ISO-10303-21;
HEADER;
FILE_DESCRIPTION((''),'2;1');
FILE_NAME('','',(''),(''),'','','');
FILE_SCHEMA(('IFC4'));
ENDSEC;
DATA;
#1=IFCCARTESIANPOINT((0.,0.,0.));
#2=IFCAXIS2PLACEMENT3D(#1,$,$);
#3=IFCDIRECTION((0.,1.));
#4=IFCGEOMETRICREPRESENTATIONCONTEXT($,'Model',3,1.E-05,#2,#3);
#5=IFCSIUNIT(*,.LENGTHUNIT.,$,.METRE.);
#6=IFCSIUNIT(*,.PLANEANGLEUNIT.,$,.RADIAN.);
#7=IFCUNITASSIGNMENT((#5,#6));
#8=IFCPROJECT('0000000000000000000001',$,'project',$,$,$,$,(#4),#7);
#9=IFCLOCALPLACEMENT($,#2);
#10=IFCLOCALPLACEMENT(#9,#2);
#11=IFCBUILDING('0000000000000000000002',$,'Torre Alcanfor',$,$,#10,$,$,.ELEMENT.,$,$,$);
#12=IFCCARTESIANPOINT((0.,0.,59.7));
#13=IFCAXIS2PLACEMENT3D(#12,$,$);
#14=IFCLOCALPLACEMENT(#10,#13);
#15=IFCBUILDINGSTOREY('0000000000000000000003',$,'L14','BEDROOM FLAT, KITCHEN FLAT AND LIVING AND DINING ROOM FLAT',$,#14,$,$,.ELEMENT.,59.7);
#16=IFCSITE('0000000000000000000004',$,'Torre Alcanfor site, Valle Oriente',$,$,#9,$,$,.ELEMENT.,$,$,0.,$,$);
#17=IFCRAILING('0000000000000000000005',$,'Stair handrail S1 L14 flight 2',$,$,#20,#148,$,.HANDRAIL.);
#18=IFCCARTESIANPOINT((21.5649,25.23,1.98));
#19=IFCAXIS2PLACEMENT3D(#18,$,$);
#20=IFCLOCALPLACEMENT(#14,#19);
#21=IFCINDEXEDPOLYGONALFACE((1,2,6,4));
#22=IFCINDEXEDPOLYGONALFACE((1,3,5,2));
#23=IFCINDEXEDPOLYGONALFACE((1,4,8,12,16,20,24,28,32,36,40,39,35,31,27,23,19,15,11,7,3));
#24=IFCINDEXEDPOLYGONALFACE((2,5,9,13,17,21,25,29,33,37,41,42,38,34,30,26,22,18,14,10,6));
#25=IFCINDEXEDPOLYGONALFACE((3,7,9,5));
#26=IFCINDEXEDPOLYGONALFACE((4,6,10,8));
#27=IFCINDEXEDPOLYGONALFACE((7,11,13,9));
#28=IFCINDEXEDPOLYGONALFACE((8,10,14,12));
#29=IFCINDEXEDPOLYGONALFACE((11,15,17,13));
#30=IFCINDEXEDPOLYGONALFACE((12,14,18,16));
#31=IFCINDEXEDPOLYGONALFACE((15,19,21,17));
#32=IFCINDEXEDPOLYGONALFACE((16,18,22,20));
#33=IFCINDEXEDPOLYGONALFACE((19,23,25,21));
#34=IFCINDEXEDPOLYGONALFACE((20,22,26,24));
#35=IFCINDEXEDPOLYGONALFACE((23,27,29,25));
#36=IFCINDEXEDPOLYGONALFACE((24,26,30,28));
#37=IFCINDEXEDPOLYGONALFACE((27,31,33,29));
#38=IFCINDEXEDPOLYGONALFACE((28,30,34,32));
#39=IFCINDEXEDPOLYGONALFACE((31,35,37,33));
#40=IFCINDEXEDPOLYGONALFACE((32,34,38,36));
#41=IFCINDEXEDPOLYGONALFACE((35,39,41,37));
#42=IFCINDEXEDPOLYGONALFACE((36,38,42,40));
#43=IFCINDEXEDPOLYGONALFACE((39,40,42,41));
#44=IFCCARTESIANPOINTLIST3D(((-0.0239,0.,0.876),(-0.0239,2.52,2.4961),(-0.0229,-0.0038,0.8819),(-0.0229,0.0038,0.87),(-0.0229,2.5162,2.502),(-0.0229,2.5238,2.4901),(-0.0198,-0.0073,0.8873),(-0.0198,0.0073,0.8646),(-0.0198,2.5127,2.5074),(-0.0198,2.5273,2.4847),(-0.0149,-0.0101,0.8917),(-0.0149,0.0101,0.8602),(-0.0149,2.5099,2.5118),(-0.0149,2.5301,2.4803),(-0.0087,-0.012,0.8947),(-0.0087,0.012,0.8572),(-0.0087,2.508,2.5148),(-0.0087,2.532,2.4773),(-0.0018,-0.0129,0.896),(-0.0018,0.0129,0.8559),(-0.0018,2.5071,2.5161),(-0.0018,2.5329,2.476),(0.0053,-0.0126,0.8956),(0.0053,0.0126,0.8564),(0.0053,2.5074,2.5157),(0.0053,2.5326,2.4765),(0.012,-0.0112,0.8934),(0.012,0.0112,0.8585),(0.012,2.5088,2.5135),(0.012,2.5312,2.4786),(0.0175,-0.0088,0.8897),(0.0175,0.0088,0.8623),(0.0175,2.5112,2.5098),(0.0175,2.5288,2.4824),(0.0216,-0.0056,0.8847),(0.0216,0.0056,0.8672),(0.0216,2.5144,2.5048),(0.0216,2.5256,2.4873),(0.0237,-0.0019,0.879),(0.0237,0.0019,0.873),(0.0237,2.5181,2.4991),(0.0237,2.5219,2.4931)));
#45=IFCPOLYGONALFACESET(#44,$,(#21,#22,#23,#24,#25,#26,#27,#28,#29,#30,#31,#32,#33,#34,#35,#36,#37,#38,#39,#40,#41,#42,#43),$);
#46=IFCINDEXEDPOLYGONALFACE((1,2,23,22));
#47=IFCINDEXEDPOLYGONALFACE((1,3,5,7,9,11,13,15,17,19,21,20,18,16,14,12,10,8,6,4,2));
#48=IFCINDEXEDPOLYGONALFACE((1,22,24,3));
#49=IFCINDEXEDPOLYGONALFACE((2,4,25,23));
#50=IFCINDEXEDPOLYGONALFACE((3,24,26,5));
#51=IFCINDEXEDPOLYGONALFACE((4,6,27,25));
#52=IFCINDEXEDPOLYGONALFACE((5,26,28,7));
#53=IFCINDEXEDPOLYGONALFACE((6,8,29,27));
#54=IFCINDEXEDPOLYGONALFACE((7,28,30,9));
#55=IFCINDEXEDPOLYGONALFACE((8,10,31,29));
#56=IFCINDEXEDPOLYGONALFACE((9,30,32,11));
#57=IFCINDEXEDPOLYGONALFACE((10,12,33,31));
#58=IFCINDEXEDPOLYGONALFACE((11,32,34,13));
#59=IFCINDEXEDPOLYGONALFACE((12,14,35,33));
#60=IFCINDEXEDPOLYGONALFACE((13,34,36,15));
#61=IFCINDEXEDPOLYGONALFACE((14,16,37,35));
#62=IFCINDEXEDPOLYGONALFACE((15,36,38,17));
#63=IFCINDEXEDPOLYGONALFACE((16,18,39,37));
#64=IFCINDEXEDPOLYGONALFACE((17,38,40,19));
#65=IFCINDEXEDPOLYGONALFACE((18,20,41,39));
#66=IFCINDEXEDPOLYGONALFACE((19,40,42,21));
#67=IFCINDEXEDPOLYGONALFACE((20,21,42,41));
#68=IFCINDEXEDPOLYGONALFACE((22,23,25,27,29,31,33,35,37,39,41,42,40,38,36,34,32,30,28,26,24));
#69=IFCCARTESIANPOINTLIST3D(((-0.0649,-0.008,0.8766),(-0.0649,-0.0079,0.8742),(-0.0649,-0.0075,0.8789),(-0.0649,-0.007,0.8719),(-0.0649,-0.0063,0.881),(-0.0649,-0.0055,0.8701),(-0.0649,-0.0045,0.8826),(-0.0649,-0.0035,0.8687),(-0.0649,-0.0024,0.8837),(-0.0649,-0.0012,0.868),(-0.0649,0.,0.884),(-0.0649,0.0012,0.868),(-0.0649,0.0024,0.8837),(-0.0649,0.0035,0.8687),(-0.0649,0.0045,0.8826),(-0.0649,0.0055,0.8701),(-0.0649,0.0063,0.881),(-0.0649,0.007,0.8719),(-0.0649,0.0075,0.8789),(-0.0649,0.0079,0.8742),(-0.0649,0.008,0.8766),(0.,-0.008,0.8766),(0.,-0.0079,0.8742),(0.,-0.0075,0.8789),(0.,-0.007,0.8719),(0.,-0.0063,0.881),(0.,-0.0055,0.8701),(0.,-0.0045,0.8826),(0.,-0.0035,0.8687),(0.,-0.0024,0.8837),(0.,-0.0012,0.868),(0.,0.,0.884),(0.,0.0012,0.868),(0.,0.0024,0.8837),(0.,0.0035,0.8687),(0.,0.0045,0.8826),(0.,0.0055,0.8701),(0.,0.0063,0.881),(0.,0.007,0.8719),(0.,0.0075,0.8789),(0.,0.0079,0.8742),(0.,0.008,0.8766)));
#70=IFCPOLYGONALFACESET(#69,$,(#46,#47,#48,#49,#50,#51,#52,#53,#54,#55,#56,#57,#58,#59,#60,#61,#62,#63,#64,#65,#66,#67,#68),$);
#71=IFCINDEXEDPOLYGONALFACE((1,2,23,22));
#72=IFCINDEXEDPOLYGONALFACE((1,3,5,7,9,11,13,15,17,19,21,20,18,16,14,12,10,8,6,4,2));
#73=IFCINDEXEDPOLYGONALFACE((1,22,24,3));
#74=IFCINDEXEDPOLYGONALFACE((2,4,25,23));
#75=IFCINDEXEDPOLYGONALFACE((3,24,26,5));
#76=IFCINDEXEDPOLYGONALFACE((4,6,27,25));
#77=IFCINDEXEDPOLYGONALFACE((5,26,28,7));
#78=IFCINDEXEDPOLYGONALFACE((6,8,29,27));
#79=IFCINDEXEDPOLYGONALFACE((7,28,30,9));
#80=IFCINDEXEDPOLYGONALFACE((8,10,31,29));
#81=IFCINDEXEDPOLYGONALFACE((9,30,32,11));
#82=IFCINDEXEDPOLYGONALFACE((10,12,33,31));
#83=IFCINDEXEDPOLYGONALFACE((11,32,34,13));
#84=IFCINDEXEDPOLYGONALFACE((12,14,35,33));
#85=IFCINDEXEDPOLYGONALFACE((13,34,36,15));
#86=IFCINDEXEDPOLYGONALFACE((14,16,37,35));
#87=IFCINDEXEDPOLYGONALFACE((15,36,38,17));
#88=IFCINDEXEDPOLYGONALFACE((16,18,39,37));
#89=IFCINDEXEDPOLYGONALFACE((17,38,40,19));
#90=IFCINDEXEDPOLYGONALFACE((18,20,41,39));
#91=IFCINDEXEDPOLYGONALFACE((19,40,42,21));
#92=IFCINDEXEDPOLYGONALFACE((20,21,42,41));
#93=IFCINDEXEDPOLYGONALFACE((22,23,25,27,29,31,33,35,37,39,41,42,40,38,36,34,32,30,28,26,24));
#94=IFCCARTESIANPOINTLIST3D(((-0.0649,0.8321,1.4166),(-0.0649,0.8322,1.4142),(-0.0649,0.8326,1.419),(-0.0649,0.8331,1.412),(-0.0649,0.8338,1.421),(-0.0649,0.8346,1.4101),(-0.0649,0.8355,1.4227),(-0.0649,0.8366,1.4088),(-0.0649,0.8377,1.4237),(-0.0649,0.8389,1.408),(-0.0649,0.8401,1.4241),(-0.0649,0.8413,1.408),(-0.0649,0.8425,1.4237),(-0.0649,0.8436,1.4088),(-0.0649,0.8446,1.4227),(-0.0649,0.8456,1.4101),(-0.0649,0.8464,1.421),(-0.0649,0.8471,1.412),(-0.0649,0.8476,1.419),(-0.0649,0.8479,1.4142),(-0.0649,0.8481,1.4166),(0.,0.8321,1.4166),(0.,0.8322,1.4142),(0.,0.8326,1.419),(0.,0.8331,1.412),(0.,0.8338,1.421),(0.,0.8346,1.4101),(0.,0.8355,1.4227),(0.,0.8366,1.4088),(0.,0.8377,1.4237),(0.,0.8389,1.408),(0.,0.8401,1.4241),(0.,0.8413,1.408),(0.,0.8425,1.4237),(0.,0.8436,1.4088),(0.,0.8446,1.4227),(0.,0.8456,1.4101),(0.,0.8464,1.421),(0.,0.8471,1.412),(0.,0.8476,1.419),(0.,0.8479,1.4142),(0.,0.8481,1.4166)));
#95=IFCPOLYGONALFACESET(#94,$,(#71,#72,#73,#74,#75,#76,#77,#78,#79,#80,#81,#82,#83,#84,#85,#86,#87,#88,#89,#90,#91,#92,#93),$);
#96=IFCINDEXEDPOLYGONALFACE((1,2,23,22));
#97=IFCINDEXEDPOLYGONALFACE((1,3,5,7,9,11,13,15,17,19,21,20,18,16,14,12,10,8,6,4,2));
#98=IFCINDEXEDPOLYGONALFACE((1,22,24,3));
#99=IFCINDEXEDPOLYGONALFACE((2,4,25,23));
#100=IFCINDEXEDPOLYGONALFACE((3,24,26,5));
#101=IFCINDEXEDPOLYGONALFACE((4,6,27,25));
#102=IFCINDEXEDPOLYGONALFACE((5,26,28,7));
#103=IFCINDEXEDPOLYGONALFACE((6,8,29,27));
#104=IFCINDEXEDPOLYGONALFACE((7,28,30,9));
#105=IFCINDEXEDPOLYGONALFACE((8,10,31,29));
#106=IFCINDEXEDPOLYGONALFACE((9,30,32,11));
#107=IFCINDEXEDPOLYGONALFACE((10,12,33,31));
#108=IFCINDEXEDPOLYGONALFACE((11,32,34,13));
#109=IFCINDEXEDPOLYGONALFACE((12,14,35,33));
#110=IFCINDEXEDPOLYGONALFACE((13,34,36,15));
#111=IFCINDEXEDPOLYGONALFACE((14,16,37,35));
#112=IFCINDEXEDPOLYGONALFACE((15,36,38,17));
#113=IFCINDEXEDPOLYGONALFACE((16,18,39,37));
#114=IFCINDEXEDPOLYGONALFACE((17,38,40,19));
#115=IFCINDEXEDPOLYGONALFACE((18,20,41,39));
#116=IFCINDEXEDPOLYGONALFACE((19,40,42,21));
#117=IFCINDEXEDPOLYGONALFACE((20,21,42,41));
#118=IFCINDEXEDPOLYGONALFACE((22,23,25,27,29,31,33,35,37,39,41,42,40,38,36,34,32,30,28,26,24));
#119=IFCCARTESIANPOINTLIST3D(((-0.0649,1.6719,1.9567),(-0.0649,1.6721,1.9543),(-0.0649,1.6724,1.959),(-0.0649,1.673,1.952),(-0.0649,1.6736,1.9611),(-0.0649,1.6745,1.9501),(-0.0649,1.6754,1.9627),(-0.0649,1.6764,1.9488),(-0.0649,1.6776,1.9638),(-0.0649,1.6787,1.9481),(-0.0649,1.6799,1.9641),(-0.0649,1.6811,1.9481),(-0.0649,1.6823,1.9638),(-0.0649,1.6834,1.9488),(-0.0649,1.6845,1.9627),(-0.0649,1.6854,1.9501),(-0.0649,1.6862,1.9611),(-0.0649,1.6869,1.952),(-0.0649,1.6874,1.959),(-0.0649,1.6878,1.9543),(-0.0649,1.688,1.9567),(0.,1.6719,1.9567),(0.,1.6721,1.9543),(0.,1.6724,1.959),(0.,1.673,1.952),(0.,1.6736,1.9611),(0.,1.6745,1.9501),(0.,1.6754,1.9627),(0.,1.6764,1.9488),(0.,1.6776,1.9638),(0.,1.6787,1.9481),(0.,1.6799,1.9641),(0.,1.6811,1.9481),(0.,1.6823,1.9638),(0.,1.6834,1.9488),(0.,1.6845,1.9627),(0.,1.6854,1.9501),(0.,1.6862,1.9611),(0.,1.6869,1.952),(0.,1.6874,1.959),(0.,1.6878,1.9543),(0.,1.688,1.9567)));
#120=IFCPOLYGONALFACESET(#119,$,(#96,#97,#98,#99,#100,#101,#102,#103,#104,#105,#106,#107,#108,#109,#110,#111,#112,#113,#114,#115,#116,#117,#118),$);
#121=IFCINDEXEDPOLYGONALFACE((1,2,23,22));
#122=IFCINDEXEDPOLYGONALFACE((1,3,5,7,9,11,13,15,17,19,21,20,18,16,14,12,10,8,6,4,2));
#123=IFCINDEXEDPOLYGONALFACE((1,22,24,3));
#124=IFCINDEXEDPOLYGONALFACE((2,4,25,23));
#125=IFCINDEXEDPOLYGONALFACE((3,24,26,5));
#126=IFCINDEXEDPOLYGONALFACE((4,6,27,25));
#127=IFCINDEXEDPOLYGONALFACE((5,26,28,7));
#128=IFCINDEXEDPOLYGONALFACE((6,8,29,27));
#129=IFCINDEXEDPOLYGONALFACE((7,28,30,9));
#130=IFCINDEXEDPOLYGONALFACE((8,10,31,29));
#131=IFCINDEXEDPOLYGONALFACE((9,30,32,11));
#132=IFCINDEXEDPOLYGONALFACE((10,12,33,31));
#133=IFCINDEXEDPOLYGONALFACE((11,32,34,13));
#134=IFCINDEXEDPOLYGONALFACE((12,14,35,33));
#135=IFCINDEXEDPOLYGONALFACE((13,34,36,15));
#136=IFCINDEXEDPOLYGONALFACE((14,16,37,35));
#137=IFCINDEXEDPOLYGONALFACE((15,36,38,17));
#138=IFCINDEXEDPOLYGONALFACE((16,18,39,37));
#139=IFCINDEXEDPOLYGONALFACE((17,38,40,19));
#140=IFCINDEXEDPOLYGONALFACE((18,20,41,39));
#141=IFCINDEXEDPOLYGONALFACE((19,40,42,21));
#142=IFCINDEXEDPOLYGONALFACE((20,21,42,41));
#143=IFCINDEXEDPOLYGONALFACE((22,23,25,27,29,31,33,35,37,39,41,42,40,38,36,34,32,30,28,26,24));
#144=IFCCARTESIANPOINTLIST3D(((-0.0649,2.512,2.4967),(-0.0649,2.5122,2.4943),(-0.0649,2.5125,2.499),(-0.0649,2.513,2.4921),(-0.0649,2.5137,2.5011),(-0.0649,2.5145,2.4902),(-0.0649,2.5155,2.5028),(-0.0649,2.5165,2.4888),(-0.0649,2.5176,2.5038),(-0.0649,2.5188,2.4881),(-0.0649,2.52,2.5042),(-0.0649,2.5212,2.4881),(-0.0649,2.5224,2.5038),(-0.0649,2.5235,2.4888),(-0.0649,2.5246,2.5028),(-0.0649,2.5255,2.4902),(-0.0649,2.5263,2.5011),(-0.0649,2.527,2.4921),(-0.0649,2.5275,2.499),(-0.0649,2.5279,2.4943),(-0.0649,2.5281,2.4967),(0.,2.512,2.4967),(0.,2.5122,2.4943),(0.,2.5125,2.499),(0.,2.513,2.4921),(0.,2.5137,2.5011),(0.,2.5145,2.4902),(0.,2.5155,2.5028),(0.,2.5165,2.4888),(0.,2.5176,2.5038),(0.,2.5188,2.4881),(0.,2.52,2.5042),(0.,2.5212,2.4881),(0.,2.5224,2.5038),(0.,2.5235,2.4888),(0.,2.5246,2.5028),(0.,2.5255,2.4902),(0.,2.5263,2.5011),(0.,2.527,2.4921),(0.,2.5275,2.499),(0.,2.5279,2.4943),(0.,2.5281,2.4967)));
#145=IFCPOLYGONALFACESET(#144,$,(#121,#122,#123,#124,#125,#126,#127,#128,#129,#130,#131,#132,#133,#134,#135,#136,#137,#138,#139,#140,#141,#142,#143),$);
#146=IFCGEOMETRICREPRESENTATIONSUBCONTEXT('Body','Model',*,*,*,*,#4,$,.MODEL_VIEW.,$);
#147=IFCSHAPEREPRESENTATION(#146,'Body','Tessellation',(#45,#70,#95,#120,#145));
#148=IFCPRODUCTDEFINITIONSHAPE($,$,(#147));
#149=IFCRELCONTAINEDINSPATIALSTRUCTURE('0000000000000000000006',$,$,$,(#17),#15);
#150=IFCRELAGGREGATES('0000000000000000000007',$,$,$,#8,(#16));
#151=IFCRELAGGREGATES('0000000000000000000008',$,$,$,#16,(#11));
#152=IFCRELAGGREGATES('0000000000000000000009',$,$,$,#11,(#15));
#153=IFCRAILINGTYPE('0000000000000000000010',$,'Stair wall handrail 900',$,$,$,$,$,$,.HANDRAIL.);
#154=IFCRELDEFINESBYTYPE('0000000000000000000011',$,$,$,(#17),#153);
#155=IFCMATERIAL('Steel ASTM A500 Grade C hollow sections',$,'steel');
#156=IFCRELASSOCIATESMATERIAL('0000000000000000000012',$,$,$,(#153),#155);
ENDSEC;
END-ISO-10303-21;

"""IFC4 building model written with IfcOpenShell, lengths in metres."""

from ifc_helpers import new_model, si_unit, direction, frame, origin, origin_2d, place, context, subcontext, project, spatial, circle, extrude, material, type_object, element, save


model = new_model("IFC4")

# Units and contexts
model_context = context("Model", 3, precision=1e-05, world=origin(), true_north=direction((0.0, 1.0)))
body_context = subcontext(model_context, "Body", "Model", "MODEL_VIEW")
ifc_project = project(units=[si_unit("LENGTHUNIT", "METRE"), si_unit("PLANEANGLEUNIT", "RADIAN")], contexts=[model_context])

# Site, building, storey
site_placement = place(None, origin())
site = spatial("IfcSite", under=ifc_project, at=site_placement, Name="Torre Alcanfor site, Valle Oriente", CompositionType="ELEMENT", RefElevation=0.0)
building_placement = place(site_placement, origin())
building = spatial("IfcBuilding", under=site, at=building_placement, Name="Torre Alcanfor", CompositionType="ELEMENT")
storey_placement = place(building_placement, frame((0.0, 0.0, 59.7)))
storey = spatial("IfcBuildingStorey", under=building, at=storey_placement, Name="L14", Description="BEDROOM FLAT, KITCHEN FLAT AND LIVING AND DINING ROOM FLAT", CompositionType="ELEMENT", Elevation=59.7)

# Railing
ifc_material_1 = material(Name="Steel ASTM A500 Grade C hollow sections", Category="steel")
railing_type_1 = type_object("IfcRailingType", Name="Stair wall handrail 900", PredefinedType="HANDRAIL", material=ifc_material_1)
railing_1_placement = place(storey_placement, frame((21.5649, 25.23, 1.98)))
element("IfcRailing", 1, at=railing_1_placement, inside=storey, type_object=railing_type_1, Name="Stair handrail S1 L14 flight 2", PredefinedType="HANDRAIL", context=body_context, shape_type="SweptSolid", body=[
    extrude(circle(Radius=0.0239, at=origin_2d()), frame((0.0, 0.0, 0.876), z_axis=(0.0, 0.841163, 0.540782), x_axis=(-1.0, 0.0, 0.0)), (0.0, 0.0, 1.0), 2.9958),
    extrude(circle(Radius=0.0081, at=origin_2d()), frame((0.0, 0.0, 0.876), z_axis=(-1.0, 0.0, 0.0), x_axis=(0.0, 0.0, 1.0)), (0.0, 0.0, 1.0), 0.0649),
    extrude(circle(Radius=0.0081, at=origin_2d()), frame((0.0, 0.8401, 1.416), z_axis=(-1.0, 0.0, 0.0), x_axis=(0.0, 0.0, 1.0)), (0.0, 0.0, 1.0), 0.0649),
    extrude(circle(Radius=0.0081, at=origin_2d()), frame((0.0, 1.6799, 1.9561), z_axis=(-1.0, 0.0, 0.0), x_axis=(0.0, 0.0, 1.0)), (0.0, 0.0, 1.0), 0.0649),
    extrude(circle(Radius=0.0081, at=origin_2d()), frame((0.0, 2.52, 2.4961), z_axis=(-1.0, 0.0, 0.0), x_axis=(0.0, 0.0, 1.0)), (0.0, 0.0, 1.0), 0.0649),
])

save(model, "model.ifc")
